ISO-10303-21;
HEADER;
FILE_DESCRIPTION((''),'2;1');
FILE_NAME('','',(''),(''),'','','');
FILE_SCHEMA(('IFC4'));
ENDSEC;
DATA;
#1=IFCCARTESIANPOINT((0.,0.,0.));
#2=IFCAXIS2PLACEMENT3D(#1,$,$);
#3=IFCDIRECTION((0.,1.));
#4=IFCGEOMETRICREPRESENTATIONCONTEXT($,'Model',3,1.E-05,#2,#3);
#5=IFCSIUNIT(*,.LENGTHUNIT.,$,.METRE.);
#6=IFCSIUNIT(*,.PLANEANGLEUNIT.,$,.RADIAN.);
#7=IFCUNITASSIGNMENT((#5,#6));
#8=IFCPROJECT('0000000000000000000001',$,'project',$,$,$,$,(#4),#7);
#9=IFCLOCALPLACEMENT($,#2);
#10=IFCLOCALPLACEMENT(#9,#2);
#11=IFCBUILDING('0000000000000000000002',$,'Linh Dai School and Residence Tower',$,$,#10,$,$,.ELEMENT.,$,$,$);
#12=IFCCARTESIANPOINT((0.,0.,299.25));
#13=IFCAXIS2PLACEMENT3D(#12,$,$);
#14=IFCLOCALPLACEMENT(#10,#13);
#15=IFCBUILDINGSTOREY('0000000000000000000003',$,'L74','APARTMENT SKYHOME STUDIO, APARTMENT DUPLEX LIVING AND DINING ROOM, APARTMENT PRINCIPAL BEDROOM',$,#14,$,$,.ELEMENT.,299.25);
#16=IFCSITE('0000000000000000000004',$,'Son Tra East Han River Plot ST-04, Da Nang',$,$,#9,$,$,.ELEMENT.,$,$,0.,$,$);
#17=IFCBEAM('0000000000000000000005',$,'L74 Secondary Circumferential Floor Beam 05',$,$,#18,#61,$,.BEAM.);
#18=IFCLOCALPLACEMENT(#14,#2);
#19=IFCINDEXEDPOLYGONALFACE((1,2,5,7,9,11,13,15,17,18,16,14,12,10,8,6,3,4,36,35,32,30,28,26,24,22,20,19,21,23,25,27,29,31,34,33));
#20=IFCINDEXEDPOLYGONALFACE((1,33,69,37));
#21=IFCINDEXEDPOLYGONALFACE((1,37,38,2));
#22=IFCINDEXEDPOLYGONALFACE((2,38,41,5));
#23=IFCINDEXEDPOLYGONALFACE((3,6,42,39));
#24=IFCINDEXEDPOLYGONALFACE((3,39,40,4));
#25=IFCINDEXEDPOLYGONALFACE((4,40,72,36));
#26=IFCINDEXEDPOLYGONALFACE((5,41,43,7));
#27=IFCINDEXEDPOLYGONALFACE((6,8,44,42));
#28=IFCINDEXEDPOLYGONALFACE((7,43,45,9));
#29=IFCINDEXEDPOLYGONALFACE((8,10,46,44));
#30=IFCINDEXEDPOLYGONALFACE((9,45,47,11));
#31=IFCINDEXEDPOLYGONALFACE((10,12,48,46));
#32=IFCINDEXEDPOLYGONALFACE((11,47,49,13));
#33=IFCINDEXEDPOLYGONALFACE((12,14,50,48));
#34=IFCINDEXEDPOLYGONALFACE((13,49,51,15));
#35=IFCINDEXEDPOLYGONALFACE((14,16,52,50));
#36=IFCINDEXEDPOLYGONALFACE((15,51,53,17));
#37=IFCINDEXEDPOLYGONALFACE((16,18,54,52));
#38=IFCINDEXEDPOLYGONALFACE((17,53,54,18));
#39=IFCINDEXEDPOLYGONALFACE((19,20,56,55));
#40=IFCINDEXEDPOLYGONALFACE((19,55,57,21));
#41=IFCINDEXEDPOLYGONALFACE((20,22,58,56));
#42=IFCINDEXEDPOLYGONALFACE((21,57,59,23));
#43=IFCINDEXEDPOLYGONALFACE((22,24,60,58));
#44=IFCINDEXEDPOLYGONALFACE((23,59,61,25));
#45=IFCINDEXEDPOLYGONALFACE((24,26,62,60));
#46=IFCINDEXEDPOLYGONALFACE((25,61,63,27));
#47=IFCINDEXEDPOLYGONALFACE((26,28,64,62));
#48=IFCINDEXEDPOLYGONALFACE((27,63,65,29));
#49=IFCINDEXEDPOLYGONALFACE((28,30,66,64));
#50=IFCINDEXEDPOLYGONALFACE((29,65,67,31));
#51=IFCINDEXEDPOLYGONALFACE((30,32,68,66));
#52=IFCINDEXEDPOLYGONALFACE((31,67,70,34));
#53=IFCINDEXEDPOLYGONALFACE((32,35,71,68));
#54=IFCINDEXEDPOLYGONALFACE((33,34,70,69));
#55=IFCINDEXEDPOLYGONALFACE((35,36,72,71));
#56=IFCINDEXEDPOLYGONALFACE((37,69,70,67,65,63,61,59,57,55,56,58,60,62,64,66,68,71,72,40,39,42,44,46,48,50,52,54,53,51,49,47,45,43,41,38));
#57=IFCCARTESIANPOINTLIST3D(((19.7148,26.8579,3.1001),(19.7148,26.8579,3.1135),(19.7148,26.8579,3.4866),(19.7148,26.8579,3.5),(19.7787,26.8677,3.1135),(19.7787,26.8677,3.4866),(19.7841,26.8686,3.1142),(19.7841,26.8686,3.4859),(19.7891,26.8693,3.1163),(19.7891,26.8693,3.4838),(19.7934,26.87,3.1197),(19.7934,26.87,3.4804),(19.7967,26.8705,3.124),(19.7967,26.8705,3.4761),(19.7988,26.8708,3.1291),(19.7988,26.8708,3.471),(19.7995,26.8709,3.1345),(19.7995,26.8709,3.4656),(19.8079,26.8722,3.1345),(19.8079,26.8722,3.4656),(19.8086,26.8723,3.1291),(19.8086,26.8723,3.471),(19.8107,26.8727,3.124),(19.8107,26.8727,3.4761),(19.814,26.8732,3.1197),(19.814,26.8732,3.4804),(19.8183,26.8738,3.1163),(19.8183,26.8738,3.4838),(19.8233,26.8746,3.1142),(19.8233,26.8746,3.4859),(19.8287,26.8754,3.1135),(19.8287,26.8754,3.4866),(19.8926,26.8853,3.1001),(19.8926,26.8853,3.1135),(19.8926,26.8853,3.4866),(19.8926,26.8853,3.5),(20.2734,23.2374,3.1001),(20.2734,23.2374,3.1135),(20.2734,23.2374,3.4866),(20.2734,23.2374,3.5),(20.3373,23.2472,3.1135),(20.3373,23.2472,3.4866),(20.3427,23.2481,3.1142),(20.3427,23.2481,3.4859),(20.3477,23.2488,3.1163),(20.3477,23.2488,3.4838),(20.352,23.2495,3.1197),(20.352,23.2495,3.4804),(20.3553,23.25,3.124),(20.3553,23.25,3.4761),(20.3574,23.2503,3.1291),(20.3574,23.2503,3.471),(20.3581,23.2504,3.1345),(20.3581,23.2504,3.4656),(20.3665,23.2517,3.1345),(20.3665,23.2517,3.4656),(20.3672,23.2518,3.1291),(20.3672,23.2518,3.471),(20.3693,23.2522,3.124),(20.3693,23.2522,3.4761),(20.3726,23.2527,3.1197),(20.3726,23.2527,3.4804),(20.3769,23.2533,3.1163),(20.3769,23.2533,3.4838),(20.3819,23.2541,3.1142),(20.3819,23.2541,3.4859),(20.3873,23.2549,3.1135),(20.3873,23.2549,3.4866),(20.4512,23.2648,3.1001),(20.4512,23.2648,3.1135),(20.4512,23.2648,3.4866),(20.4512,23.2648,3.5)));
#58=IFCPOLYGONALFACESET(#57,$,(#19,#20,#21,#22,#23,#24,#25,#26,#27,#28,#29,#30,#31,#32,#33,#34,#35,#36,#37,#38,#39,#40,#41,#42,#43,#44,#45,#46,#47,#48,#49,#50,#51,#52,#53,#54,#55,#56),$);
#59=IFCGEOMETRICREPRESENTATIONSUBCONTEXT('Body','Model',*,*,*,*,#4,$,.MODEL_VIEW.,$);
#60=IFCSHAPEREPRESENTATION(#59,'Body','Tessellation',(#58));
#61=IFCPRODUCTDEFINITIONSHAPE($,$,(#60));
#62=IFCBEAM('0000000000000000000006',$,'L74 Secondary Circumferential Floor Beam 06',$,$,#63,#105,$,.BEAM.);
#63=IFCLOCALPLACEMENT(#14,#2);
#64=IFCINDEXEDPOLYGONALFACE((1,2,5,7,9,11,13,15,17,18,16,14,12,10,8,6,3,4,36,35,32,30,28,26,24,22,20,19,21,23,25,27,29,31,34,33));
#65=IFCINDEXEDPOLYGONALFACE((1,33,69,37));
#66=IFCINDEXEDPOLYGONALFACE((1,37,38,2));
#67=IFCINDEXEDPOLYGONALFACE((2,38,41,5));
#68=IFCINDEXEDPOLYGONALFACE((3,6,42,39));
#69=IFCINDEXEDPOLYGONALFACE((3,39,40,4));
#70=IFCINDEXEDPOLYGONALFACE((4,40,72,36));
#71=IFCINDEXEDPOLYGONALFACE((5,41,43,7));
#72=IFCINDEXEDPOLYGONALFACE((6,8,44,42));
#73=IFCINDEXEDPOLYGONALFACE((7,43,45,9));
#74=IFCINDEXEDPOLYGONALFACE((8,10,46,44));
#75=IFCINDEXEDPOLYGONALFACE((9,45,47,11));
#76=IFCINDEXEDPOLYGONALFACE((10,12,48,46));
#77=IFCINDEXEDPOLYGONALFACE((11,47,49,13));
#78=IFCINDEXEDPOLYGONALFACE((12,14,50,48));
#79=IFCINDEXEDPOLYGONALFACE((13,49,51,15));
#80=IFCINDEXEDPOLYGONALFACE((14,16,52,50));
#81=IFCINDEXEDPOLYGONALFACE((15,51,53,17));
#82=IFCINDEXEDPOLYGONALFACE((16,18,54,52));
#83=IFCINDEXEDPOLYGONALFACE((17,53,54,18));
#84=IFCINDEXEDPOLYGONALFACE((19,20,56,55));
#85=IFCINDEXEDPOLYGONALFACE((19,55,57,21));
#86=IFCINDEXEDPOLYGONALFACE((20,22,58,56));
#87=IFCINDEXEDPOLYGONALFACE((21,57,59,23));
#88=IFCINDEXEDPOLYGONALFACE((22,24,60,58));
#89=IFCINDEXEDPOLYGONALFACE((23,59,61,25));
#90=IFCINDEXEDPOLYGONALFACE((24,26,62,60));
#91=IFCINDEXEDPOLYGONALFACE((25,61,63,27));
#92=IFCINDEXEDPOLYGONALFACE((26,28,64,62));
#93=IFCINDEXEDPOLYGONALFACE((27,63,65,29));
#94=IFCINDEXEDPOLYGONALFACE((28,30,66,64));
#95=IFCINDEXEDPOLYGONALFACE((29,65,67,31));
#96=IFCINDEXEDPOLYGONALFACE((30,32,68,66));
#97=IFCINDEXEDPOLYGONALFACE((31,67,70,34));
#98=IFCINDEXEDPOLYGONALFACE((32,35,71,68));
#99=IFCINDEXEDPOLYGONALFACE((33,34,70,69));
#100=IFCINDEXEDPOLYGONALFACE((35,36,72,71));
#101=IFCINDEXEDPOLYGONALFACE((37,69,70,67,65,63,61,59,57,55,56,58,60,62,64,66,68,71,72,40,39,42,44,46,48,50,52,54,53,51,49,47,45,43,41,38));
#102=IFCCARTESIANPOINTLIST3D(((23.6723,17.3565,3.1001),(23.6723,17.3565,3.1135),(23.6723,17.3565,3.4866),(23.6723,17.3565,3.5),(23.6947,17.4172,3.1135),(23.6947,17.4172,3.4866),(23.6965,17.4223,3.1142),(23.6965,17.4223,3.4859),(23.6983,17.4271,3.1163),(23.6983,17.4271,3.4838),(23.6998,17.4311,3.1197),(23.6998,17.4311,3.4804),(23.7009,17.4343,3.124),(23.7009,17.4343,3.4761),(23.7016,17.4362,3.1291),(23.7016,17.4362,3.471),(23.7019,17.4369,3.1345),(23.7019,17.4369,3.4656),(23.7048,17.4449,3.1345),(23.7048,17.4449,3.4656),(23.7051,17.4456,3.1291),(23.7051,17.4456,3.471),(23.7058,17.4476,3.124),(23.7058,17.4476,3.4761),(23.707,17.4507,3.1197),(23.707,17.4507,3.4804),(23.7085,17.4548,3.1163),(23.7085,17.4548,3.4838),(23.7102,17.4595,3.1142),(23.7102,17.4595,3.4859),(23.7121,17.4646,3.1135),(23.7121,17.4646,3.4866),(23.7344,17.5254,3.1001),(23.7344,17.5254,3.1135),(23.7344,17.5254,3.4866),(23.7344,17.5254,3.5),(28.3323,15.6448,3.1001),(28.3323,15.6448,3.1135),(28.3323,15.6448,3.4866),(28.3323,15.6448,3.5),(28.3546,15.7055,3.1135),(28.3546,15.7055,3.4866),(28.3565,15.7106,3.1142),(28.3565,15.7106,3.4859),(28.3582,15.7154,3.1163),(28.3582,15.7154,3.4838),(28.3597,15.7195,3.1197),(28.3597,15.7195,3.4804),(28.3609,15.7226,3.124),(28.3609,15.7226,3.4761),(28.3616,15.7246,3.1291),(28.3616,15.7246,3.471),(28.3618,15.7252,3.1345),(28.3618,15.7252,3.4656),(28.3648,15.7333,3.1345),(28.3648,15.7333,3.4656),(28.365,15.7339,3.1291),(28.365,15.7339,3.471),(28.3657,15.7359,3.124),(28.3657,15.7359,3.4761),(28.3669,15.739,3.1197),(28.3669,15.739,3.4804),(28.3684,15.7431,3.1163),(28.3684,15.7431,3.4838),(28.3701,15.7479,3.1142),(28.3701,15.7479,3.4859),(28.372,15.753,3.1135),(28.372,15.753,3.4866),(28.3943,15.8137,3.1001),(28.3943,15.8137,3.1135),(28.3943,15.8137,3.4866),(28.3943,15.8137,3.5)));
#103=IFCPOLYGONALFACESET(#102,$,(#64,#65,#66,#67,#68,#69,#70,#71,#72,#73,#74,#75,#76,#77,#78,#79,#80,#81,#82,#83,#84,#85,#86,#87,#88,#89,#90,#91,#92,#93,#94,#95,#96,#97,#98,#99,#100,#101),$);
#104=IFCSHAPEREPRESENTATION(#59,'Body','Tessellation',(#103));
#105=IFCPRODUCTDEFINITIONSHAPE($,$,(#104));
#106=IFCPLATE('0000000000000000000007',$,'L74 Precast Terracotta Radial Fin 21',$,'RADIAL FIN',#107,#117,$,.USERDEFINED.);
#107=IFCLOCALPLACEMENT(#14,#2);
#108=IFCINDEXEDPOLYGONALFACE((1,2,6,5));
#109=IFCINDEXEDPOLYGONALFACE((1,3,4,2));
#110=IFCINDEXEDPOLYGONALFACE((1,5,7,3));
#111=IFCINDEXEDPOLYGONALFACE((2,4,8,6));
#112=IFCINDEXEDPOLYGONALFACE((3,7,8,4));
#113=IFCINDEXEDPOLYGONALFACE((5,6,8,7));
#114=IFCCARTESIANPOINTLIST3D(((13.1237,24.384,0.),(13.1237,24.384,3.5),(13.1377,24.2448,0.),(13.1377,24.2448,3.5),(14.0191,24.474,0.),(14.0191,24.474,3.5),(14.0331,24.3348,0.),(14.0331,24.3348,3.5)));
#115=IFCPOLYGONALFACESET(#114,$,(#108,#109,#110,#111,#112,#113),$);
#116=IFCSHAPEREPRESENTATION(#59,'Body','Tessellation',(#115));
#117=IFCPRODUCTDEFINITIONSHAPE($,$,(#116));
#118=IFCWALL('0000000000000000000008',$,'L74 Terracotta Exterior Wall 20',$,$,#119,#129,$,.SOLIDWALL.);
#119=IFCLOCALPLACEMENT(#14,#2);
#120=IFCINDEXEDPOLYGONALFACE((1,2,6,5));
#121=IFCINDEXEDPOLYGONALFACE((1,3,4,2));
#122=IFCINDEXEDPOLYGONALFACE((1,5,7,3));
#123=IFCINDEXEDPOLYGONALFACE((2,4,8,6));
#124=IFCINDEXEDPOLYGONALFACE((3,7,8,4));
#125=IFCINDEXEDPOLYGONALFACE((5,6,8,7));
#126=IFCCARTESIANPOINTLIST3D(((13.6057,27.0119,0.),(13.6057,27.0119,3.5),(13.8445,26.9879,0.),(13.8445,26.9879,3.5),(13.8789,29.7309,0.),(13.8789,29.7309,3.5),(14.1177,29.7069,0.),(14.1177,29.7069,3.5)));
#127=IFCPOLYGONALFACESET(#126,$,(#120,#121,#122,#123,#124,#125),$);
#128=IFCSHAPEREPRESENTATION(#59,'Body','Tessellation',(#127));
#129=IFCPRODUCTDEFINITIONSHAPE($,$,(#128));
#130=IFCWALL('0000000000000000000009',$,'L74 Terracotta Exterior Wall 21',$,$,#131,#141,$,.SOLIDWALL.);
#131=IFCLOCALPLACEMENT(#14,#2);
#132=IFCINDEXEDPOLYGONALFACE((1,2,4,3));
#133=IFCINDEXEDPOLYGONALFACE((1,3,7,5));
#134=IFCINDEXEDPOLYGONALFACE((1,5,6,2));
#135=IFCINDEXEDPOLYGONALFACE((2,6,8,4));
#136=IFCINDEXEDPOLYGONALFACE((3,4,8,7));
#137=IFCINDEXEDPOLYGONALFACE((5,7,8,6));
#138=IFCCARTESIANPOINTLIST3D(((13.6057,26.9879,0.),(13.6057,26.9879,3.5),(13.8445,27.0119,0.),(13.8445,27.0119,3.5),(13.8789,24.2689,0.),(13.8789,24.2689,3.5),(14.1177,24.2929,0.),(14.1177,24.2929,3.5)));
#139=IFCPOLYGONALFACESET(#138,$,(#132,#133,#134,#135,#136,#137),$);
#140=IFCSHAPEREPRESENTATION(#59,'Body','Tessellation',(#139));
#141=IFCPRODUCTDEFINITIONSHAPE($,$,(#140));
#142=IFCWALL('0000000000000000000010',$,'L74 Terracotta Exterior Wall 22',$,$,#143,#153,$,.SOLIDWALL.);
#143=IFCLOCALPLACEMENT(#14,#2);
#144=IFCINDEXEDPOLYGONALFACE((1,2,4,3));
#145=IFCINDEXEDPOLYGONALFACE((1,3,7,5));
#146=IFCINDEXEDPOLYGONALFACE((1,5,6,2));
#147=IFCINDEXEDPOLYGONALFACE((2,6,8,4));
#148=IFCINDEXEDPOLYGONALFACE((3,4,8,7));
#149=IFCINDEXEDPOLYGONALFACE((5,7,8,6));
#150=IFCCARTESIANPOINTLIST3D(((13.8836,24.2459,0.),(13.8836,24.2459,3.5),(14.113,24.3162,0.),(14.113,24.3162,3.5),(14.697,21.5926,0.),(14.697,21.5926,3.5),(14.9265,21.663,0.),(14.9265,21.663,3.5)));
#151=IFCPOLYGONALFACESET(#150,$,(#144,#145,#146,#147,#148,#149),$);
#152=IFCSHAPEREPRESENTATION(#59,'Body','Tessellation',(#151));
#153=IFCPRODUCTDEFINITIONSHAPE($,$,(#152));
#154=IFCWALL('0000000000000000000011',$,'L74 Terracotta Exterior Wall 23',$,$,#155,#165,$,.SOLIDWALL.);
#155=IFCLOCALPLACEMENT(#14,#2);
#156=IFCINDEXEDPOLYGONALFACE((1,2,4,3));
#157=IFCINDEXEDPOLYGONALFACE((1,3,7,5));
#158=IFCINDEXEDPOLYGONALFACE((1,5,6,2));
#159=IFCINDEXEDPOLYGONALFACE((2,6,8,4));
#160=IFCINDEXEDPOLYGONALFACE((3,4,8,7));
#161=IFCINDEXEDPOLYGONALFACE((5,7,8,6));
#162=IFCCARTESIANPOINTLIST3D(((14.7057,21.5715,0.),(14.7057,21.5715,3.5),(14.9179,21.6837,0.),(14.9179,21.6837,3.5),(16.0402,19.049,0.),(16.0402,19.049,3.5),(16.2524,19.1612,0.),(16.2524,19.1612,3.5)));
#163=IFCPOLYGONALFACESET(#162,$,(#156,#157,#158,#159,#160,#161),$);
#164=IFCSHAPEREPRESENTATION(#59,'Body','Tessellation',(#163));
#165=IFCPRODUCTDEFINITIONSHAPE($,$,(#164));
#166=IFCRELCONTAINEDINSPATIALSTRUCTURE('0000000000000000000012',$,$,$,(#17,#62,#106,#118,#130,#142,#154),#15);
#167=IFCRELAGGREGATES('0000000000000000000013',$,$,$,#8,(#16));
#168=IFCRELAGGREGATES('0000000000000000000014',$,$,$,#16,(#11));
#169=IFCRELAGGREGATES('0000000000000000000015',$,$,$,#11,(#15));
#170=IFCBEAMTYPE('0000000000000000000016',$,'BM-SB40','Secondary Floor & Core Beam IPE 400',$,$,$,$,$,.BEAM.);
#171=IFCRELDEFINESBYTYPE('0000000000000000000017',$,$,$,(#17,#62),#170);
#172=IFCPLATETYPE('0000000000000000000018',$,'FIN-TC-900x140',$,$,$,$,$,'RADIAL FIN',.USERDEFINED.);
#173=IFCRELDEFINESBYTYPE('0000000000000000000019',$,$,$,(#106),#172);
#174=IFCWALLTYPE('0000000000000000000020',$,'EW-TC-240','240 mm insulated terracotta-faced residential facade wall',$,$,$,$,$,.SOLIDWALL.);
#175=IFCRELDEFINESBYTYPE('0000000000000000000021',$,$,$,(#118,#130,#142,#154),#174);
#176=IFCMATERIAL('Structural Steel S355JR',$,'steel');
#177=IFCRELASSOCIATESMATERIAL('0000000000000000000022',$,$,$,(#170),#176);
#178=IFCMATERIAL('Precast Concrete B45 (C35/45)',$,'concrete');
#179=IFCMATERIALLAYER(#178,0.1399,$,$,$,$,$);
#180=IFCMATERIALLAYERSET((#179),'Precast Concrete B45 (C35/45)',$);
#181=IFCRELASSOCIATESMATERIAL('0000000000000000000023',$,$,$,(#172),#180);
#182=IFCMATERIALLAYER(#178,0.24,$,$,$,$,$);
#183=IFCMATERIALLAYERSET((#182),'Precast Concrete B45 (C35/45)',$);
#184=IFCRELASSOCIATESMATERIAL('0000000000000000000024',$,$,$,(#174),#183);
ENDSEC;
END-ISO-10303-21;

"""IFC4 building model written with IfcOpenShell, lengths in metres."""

from ifc_helpers import new_model, si_unit, direction, frame, frame_2d, origin, origin_2d, place, context, subcontext, project, spatial, rectangle, i_section, extrude, source, transform, mapped, material, layer, layer_set, material_profile, profile_set, type_object, element, save


model = new_model("IFC4")

# Units and contexts
model_context = context("Model", 3, precision=1e-05, world=origin(), true_north=direction((0.0, 1.0)))
body_context = subcontext(model_context, "Body", "Model", "MODEL_VIEW")
ifc_project = project(units=[si_unit("LENGTHUNIT", "METRE"), si_unit("PLANEANGLEUNIT", "RADIAN")], contexts=[model_context])

# Site, building, storey
site_placement = place(None, origin())
site = spatial("IfcSite", under=ifc_project, at=site_placement, Name="Son Tra East Han River Plot ST-04, Da Nang", CompositionType="ELEMENT", RefElevation=0.0)
building_placement = place(site_placement, origin())
building = spatial("IfcBuilding", under=site, at=building_placement, Name="Linh Dai School and Residence Tower", CompositionType="ELEMENT")
storey_placement = place(building_placement, frame((0.0, 0.0, 299.25)))
storey = spatial("IfcBuildingStorey", under=building, at=storey_placement, Name="L74", Description="APARTMENT SKYHOME STUDIO, APARTMENT DUPLEX LIVING AND DINING ROOM, APARTMENT PRINCIPAL BEDROOM", CompositionType="ELEMENT", Elevation=299.25)

# Shared definitions
ifc_material_1 = material(Name="Structural Steel S355JR", Category="steel")

# Beams
ifc_material_profile_1 = material_profile(ifc_material_1, i_section(OverallWidth=0.1799, OverallDepth=0.3999, WebThickness=0.0085, FlangeThickness=0.0134, FilletRadius=0.021, at=origin_2d()), Name="IPE 400")
ifc_profile_set_1 = profile_set([ifc_material_profile_1], Name="Structural Steel S355JR")
beam_type_1 = type_object("IfcBeamType", Name="BM-SB40", Description="Secondary Floor & Core Beam IPE 400", PredefinedType="BEAM", material=ifc_profile_set_1)
beam_1_placement = place(storey_placement, frame((19.8037, 26.8716, 3.3), z_axis=(0.152478, -0.988307, 0.0), x_axis=(0.988307, 0.152478, 0.0)))
element("IfcBeam", 1, at=beam_1_placement, inside=storey, type_object=beam_type_1, Name="L74 Secondary Circumferential Floor Beam 05", PredefinedType="BEAM", context=body_context, shape_type="SweptSolid", body=[
    extrude(i_section(OverallWidth=0.1799, OverallDepth=0.3999, WebThickness=0.0085, FlangeThickness=0.0134, FilletRadius=0.021, at=origin_2d()), origin(), (0.0, 0.0, 1.0), 3.6633),
])
beam_2_placement = place(storey_placement, frame((23.7034, 17.4409, 3.3), z_axis=(0.938679, -0.344794, 0.0), x_axis=(0.344794, 0.938679, 0.0)))
element("IfcBeam", 2, at=beam_2_placement, inside=storey, type_object=beam_type_1, Name="L74 Secondary Circumferential Floor Beam 06", PredefinedType="BEAM", context=body_context, shape_type="SweptSolid", body=[
    extrude(i_section(OverallWidth=0.1799, OverallDepth=0.3999, WebThickness=0.0085, FlangeThickness=0.0134, FilletRadius=0.021, at=origin_2d()), origin(), (0.0, 0.0, 1.0), 4.9644),
])

# Plate
ifc_material_2 = material(Name="Precast Concrete B45 (C35/45)", Category="concrete")
ifc_layer_1 = layer(ifc_material_2, 0.1399)
ifc_layer_set_1 = layer_set([ifc_layer_1], Name="Precast Concrete B45 (C35/45)")
plate_type = type_object("IfcPlateType", Name="FIN-TC-900x140", ElementType="RADIAL FIN", PredefinedType="USERDEFINED", material=ifc_layer_set_1)
shared_shape_1 = source(origin(), body_context, "Body", "SweptSolid", [
    extrude(rectangle(XDim=0.8999, YDim=0.1399, at=origin_2d()), origin(), (0.0, 0.0, 1.0), 3.5),
])
plate_placement = place(storey_placement, frame((13.5784, 24.3594, 0.0), z_axis=(0.0, 0.0, 1.0), x_axis=(-0.994987, -0.100008, 0.0)))
element("IfcPlate", 3, at=plate_placement, inside=storey, type_object=plate_type, Name="L74 Precast Terracotta Radial Fin 21", ObjectType="RADIAL FIN", PredefinedType="USERDEFINED", context=body_context, shape_type="MappedRepresentation", body=[
    mapped(shared_shape_1, transform((0.0, 0.0, 0.0), x_axis=(1.0, 0.0, 0.0), y_axis=(0.0, 1.0, 0.0), z_axis=(0.0, 0.0, 1.0), scale=1.0)),
])

# Walls
ifc_layer_2 = layer(ifc_material_2, 0.24)
ifc_layer_set_2 = layer_set([ifc_layer_2], Name="Precast Concrete B45 (C35/45)")
wall_type_1 = type_object("IfcWallType", Name="EW-TC-240", Description="240 mm insulated terracotta-faced residential facade wall", PredefinedType="SOLIDWALL", material=ifc_layer_set_2)
for number, where, z_axis, x_axis, name in (
    (4, (13.7251, 27.0, 0.0), (0.0, 0.0, 1.0), (0.099973, 0.99499, 0.0), "L74 Terracotta Exterior Wall 20"),
    (5, (13.9983, 24.281, 0.0), (0.0, 0.0, 1.0), (-0.099973, 0.99499, 0.0), "L74 Terracotta Exterior Wall 21"),
):
    element("IfcWall", number, at=place(storey_placement, frame(where, z_axis=z_axis, x_axis=x_axis)), inside=storey, type_object=wall_type_1, Name=name, PredefinedType="SOLIDWALL", context=body_context, shape_type="SweptSolid", body=[
        extrude(rectangle(XDim=2.7327, YDim=0.24, at=frame_2d((1.3662, 0.0))), origin(), (0.0, 0.0, 1.0), 3.5),
    ])
wall_1_placement = place(storey_placement, frame((14.8118, 21.6277, 0.0), z_axis=(0.0, 0.0, 1.0), x_axis=(-0.293121, 0.956075, 0.0)))
element("IfcWall", 6, at=wall_1_placement, inside=storey, type_object=wall_type_1, Name="L74 Terracotta Exterior Wall 22", PredefinedType="SOLIDWALL", context=body_context, shape_type="SweptSolid", body=[
    extrude(rectangle(XDim=2.7751, YDim=0.24, at=frame_2d((1.3877, 0.0))), origin(), (0.0, 0.0, 1.0), 3.5),
])
wall_2_placement = place(storey_placement, frame((16.1462, 19.1052, 0.0), z_axis=(0.0, 0.0, 1.0), x_axis=(-0.467628, 0.883925, 0.0)))
element("IfcWall", 7, at=wall_2_placement, inside=storey, type_object=wall_type_1, Name="L74 Terracotta Exterior Wall 23", PredefinedType="SOLIDWALL", context=body_context, shape_type="SweptSolid", body=[
    extrude(rectangle(XDim=2.8538, YDim=0.24, at=frame_2d((1.4268, 0.0))), origin(), (0.0, 0.0, 1.0), 3.5),
])

save(model, "model.ifc")
